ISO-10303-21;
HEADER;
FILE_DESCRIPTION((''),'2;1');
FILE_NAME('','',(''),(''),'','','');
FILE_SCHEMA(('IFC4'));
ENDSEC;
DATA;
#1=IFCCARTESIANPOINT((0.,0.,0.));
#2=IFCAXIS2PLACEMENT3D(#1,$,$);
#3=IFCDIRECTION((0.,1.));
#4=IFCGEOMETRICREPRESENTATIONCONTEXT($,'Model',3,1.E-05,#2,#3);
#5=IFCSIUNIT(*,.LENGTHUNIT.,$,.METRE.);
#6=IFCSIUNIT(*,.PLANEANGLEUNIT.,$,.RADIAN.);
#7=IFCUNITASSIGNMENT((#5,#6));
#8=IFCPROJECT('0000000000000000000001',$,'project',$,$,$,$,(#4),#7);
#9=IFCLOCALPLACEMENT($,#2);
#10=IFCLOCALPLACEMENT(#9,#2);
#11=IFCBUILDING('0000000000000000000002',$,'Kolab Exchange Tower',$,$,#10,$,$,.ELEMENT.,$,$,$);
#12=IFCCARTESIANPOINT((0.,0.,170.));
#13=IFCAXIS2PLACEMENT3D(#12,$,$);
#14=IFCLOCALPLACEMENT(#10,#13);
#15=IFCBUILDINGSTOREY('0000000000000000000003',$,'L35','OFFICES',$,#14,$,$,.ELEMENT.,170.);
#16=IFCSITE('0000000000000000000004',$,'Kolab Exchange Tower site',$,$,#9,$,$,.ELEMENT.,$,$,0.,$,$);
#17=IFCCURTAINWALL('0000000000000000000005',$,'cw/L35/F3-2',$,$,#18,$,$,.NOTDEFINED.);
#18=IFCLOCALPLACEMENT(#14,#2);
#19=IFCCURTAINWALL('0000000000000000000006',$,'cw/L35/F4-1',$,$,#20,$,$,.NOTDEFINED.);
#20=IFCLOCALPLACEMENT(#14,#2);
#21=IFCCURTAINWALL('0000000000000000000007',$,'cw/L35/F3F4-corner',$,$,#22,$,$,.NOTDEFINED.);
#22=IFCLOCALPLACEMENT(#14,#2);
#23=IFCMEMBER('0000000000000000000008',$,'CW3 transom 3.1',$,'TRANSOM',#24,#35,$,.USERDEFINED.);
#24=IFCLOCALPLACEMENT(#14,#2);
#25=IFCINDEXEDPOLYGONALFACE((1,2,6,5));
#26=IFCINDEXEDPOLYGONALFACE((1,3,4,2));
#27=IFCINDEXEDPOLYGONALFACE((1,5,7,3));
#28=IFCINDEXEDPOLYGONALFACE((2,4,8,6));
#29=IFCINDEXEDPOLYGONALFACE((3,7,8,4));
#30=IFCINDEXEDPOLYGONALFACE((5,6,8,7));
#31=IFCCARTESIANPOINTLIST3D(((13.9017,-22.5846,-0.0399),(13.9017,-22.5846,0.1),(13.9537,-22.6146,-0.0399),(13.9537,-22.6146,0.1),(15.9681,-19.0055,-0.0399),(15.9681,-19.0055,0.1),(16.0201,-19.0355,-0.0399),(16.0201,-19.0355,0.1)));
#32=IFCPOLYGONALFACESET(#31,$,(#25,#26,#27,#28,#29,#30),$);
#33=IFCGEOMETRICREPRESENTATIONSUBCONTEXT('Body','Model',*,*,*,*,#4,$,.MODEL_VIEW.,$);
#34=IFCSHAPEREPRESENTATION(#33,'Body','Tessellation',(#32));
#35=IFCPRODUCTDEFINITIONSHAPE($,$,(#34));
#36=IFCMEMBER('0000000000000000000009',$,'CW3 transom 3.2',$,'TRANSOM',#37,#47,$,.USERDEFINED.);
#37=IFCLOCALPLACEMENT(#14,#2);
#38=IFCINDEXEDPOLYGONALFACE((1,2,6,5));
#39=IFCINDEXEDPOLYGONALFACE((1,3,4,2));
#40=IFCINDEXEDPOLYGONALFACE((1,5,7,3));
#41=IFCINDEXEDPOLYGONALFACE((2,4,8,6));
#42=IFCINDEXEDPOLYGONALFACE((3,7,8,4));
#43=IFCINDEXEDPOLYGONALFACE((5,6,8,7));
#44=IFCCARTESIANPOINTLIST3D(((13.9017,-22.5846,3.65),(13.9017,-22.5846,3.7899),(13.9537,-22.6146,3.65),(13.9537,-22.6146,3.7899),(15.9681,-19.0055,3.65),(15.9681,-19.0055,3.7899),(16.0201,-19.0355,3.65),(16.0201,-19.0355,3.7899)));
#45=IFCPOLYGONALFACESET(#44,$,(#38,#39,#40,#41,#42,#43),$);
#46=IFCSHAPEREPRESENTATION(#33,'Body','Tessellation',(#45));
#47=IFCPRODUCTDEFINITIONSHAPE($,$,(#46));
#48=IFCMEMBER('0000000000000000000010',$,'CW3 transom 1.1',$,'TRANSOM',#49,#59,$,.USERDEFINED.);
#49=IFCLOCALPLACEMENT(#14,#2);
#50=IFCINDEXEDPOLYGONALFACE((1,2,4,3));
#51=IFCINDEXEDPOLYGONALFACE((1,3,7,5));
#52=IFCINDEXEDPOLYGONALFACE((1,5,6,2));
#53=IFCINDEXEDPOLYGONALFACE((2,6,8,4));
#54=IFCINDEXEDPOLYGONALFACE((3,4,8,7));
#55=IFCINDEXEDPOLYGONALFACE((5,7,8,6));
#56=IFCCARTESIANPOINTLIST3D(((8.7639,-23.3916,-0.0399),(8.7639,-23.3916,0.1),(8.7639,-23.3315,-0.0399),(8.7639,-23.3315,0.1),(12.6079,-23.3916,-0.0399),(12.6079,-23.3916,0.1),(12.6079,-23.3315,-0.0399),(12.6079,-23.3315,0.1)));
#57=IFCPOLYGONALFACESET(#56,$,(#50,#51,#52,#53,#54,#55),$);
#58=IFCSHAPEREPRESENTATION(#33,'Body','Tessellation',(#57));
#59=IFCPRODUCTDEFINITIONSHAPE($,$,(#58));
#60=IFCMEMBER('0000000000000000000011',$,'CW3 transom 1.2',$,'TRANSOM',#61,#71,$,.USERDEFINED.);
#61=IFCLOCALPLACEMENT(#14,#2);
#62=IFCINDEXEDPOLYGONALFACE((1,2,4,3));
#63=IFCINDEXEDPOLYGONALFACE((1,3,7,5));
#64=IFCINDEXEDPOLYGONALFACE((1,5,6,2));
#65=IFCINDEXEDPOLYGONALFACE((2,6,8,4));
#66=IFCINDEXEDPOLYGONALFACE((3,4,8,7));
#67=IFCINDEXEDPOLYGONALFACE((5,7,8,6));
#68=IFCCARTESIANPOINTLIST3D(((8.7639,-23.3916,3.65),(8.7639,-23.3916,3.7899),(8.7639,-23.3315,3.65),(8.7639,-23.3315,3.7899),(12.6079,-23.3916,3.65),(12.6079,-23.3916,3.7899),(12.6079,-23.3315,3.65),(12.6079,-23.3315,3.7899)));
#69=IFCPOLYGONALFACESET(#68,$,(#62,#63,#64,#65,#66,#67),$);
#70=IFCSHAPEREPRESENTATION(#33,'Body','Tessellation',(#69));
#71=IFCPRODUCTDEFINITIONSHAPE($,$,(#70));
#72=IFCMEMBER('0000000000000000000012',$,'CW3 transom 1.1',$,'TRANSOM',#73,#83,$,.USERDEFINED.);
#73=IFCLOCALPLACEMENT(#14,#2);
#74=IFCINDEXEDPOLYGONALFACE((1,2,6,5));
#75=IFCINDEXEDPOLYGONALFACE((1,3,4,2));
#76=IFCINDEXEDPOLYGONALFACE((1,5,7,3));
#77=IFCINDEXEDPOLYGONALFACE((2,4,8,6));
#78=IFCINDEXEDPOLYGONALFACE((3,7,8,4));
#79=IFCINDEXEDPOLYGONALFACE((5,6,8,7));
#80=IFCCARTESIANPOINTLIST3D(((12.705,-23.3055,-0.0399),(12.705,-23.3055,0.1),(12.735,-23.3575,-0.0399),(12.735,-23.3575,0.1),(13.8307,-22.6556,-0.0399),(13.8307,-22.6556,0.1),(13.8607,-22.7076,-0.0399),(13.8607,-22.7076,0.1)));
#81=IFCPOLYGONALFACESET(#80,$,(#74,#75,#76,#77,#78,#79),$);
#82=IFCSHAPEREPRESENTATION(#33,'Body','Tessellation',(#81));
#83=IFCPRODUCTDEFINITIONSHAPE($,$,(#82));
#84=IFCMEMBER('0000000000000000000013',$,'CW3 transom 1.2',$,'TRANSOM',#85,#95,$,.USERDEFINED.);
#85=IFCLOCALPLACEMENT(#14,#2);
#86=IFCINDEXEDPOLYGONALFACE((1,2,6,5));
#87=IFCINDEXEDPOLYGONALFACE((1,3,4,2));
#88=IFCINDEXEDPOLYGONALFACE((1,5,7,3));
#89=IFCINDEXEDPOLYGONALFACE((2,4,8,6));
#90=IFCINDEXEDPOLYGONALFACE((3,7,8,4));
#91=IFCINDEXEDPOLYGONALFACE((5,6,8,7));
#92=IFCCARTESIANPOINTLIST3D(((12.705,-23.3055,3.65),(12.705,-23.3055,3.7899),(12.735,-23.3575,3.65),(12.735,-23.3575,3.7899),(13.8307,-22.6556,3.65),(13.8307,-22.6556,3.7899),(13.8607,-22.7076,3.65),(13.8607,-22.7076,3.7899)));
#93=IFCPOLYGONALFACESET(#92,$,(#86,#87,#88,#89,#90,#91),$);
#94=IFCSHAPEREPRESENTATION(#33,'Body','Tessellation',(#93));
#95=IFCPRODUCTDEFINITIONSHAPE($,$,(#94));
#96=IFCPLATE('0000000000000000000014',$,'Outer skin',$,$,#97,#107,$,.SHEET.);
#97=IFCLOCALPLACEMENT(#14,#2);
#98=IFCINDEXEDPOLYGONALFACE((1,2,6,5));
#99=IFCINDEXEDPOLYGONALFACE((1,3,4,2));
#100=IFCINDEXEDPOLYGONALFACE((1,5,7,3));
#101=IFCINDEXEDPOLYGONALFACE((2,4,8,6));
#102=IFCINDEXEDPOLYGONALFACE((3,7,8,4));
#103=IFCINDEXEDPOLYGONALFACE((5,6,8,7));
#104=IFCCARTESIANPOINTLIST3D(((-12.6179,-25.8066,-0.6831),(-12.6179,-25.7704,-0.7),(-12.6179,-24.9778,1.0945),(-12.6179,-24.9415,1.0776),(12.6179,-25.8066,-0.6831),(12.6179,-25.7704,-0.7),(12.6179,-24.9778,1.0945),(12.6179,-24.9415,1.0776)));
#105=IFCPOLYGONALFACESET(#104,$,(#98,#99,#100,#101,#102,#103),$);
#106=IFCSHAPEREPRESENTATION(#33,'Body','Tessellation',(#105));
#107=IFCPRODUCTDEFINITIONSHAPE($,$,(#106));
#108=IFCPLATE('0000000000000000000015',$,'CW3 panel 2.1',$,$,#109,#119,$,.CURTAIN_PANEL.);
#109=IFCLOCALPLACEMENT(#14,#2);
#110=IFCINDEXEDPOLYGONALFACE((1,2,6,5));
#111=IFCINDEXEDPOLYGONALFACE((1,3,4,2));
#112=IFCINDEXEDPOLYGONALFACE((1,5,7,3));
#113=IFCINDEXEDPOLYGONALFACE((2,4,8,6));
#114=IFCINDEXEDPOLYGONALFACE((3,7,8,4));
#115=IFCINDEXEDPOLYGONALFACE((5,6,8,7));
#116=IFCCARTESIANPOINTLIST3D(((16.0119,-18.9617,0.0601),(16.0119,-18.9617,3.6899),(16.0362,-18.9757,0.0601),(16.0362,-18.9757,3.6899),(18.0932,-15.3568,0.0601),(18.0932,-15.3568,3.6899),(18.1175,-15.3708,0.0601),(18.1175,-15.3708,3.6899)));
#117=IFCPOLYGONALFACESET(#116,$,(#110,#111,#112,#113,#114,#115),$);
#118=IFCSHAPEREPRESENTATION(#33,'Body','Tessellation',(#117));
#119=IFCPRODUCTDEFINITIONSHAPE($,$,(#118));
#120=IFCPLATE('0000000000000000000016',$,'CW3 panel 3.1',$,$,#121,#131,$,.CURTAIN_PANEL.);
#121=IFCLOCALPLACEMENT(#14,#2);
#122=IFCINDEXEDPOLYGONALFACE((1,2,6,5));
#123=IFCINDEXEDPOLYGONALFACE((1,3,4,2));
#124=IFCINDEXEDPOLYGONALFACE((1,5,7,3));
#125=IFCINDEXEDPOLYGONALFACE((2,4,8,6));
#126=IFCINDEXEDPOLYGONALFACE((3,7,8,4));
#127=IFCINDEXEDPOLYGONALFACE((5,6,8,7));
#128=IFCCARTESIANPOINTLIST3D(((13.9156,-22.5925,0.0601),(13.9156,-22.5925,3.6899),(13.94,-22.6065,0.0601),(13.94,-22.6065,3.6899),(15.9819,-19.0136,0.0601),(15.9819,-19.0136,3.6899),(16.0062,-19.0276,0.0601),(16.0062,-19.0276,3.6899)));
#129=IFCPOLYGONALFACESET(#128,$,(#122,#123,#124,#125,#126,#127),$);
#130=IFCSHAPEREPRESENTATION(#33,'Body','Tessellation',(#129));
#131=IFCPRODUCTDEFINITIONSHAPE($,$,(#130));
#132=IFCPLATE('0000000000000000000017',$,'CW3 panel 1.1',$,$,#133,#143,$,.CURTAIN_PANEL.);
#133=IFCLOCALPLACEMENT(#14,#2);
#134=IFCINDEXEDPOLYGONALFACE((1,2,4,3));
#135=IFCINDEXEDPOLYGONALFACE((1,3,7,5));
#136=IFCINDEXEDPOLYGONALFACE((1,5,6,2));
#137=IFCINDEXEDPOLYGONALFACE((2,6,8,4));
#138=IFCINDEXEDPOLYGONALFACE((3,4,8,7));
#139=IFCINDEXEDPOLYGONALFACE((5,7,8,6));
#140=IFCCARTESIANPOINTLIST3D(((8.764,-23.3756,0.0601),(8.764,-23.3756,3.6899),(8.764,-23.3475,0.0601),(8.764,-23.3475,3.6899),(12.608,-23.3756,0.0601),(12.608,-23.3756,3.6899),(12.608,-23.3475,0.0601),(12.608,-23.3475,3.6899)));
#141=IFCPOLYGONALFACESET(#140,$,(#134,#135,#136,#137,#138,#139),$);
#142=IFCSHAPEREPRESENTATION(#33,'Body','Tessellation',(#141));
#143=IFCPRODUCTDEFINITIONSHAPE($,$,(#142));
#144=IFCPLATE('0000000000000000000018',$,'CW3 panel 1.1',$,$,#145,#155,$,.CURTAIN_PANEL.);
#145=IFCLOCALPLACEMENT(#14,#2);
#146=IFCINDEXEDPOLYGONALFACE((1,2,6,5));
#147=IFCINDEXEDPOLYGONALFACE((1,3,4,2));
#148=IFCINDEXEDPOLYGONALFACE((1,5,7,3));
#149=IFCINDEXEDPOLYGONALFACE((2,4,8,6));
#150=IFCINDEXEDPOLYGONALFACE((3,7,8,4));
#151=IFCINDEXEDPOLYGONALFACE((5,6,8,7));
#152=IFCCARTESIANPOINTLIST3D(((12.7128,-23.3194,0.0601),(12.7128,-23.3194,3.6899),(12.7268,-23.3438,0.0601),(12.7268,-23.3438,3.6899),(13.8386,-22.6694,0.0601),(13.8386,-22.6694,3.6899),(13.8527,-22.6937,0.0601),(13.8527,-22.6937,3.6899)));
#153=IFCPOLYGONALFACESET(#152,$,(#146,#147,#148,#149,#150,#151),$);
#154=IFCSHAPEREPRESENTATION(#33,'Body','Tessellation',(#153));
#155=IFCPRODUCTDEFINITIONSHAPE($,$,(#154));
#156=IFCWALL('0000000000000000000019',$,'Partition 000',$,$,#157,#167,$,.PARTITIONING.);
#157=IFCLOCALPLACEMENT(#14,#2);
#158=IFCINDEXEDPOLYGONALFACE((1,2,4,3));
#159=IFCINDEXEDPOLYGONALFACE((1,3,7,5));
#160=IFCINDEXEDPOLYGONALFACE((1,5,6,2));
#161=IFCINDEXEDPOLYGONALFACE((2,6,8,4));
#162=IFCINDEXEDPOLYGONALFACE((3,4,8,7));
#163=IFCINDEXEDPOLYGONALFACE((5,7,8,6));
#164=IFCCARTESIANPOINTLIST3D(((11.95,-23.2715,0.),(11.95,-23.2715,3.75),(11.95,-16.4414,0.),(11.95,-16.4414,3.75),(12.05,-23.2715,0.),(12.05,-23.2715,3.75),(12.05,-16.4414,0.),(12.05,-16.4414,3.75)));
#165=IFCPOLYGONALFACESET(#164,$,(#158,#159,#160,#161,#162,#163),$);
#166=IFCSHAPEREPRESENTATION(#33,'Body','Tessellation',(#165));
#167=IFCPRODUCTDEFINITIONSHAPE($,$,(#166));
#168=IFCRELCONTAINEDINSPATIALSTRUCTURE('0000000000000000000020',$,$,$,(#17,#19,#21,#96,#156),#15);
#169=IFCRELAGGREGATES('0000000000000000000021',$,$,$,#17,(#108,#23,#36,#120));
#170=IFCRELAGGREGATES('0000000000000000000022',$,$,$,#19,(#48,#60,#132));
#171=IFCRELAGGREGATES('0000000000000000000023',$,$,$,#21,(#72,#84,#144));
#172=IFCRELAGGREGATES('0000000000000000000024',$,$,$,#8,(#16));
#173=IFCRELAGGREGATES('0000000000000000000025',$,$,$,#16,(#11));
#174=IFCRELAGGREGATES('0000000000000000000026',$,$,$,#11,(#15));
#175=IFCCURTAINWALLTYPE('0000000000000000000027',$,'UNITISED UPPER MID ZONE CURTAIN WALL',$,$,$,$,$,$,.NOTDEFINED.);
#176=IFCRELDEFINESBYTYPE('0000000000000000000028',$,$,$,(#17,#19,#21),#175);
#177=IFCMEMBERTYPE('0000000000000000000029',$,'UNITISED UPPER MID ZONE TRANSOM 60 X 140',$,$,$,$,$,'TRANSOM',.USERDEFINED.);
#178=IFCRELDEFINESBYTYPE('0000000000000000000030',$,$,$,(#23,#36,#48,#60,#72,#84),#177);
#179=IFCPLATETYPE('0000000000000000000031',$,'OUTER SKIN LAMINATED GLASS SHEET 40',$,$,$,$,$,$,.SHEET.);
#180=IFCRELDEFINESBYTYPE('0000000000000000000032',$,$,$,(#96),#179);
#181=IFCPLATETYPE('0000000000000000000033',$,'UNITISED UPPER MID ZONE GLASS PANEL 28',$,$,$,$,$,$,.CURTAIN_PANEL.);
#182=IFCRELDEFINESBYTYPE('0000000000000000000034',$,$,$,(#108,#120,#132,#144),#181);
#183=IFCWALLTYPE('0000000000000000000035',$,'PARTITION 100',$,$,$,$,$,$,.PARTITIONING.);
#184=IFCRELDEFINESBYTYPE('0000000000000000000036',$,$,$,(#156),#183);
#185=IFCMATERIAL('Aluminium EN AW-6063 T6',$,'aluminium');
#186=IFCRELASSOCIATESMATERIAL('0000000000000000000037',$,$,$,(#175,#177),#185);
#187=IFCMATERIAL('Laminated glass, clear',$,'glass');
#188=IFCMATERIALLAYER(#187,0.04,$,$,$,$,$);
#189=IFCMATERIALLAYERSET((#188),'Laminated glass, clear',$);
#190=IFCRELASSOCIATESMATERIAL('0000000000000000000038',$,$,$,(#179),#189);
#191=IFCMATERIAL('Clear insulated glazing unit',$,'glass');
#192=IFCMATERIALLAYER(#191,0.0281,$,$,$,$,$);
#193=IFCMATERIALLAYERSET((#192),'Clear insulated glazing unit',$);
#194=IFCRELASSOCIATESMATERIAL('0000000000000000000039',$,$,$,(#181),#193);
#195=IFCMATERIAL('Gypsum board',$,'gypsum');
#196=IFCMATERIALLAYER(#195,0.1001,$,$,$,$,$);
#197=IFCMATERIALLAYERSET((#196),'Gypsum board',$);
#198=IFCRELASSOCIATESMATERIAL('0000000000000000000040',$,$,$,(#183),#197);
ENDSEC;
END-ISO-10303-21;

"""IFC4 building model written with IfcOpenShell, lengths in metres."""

from ifc_helpers import new_model, si_unit, direction, frame, frame_2d, origin, origin_2d, place, context, subcontext, project, spatial, polyline, rectangle, outline, extrude, material, layer, layer_set, material_profile, profile_set, type_object, element, aggregate, save


model = new_model("IFC4")

# Units and contexts
model_context = context("Model", 3, precision=1e-05, world=origin(), true_north=direction((0.0, 1.0)))
body_context = subcontext(model_context, "Body", "Model", "MODEL_VIEW")
ifc_project = project(units=[si_unit("LENGTHUNIT", "METRE"), si_unit("PLANEANGLEUNIT", "RADIAN")], contexts=[model_context])

# Site, building, storey
site_placement = place(None, origin())
site = spatial("IfcSite", under=ifc_project, at=site_placement, Name="Kolab Exchange Tower site", CompositionType="ELEMENT", RefElevation=0.0)
building_placement = place(site_placement, origin())
building = spatial("IfcBuilding", under=site, at=building_placement, Name="Kolab Exchange Tower", CompositionType="ELEMENT")
storey_placement = place(building_placement, frame((0.0, 0.0, 170.0)))
storey = spatial("IfcBuildingStorey", under=building, at=storey_placement, Name="L35", Description="OFFICES", CompositionType="ELEMENT", Elevation=170.0)

# Curtain wall
ifc_material_1 = material(Name="Aluminium EN AW-6063 T6", Category="aluminium")
curtain_wall_type = type_object("IfcCurtainWallType", Name="UNITISED UPPER MID ZONE CURTAIN WALL", PredefinedType="NOTDEFINED", material=ifc_material_1)
curtain_wall_1_placement = place(storey_placement, origin())
curtain_wall_1 = element("IfcCurtainWall", 1, at=curtain_wall_1_placement, inside=storey, type_object=curtain_wall_type, Name="cw/L35/F3-2", PredefinedType="NOTDEFINED")

# Curtain wall
curtain_wall_2_placement = place(storey_placement, origin())
curtain_wall_2 = element("IfcCurtainWall", 2, at=curtain_wall_2_placement, inside=storey, type_object=curtain_wall_type, Name="cw/L35/F4-1", PredefinedType="NOTDEFINED")

# Curtain wall
curtain_wall_3_placement = place(storey_placement, origin())
curtain_wall_3 = element("IfcCurtainWall", 3, at=curtain_wall_3_placement, inside=storey, type_object=curtain_wall_type, Name="cw/L35/F3F4-corner", PredefinedType="NOTDEFINED")

# Members
ifc_material_profile_1 = material_profile(ifc_material_1, rectangle(XDim=0.0601, YDim=0.1399, at=origin_2d()), Name="RECT 60X140")
ifc_profile_set_1 = profile_set([ifc_material_profile_1], Name="Aluminium EN AW-6063 T6")
member_type_1 = type_object("IfcMemberType", Name="UNITISED UPPER MID ZONE TRANSOM 60 X 140", ElementType="TRANSOM", PredefinedType="USERDEFINED", material=ifc_profile_set_1)
member_1_placement = place(storey_placement, frame((15.9941, -19.0205, 0.03), z_axis=(-0.500002, -0.866024, 0.0), x_axis=(0.866024, -0.500002, 0.0)))
member_1 = element("IfcMember", 4, at=member_1_placement, type_object=member_type_1, Name="CW3 transom 3.1", ObjectType="TRANSOM", PredefinedType="USERDEFINED", context=body_context, shape_type="SweptSolid", body=[
    extrude(rectangle(XDim=0.0601, YDim=0.1399, at=origin_2d()), origin(), (0.0, 0.0, 1.0), 4.1328),
])
member_2_placement = place(storey_placement, frame((15.9941, -19.0205, 3.72), z_axis=(-0.500002, -0.866024, 0.0), x_axis=(0.866024, -0.500002, 0.0)))
member_2 = element("IfcMember", 5, at=member_2_placement, type_object=member_type_1, Name="CW3 transom 3.2", ObjectType="TRANSOM", PredefinedType="USERDEFINED", context=body_context, shape_type="SweptSolid", body=[
    extrude(rectangle(XDim=0.0601, YDim=0.1399, at=origin_2d()), origin(), (0.0, 0.0, 1.0), 4.1328),
])
member_3_placement = place(storey_placement, frame((12.6079, -23.3616, 0.03), z_axis=(-1.0, 0.0, 0.0), x_axis=(0.0, -1.0, 0.0)))
member_3 = element("IfcMember", 6, at=member_3_placement, type_object=member_type_1, Name="CW3 transom 1.1", ObjectType="TRANSOM", PredefinedType="USERDEFINED", context=body_context, shape_type="SweptSolid", body=[
    extrude(rectangle(XDim=0.0601, YDim=0.1399, at=origin_2d()), origin(), (0.0, 0.0, 1.0), 3.844),
])
member_4_placement = place(storey_placement, frame((12.6079, -23.3616, 3.72), z_axis=(-1.0, 0.0, 0.0), x_axis=(0.0, -1.0, 0.0)))
member_4 = element("IfcMember", 7, at=member_4_placement, type_object=member_type_1, Name="CW3 transom 1.2", ObjectType="TRANSOM", PredefinedType="USERDEFINED", context=body_context, shape_type="SweptSolid", body=[
    extrude(rectangle(XDim=0.0601, YDim=0.1399, at=origin_2d()), origin(), (0.0, 0.0, 1.0), 3.844),
])
member_5_placement = place(storey_placement, frame((13.8457, -22.6816, 0.03), z_axis=(-0.866039, -0.499977, 0.0), x_axis=(0.499977, -0.866039, 0.0)))
member_5 = element("IfcMember", 8, at=member_5_placement, type_object=member_type_1, Name="CW3 transom 1.1", ObjectType="TRANSOM", PredefinedType="USERDEFINED", context=body_context, shape_type="SweptSolid", body=[
    extrude(rectangle(XDim=0.0601, YDim=0.1399, at=origin_2d()), origin(), (0.0, 0.0, 1.0), 1.2998),
])
member_6_placement = place(storey_placement, frame((13.8457, -22.6816, 3.72), z_axis=(-0.866039, -0.499977, 0.0), x_axis=(0.499977, -0.866039, 0.0)))
member_6 = element("IfcMember", 9, at=member_6_placement, type_object=member_type_1, Name="CW3 transom 1.2", ObjectType="TRANSOM", PredefinedType="USERDEFINED", context=body_context, shape_type="SweptSolid", body=[
    extrude(rectangle(XDim=0.0601, YDim=0.1399, at=origin_2d()), origin(), (0.0, 0.0, 1.0), 1.2998),
])

# Plates
ifc_material_2 = material(Name="Laminated glass, clear", Category="glass")
ifc_layer_1 = layer(ifc_material_2, 0.04)
ifc_layer_set_1 = layer_set([ifc_layer_1], Name="Laminated glass, clear")
plate_type_1 = type_object("IfcPlateType", Name="OUTER SKIN LAMINATED GLASS SHEET 40", PredefinedType="SHEET", material=ifc_layer_set_1)
plate_1_placement = place(storey_placement, frame((12.6179, -25.8066, -0.6831), z_axis=(0.0, -0.906317, 0.422599), x_axis=(-1.0, 0.0, 0.0)))
element("IfcPlate", 10, at=plate_1_placement, inside=storey, type_object=plate_type_1, Name="Outer skin", PredefinedType="SHEET", context=body_context, shape_type="SweptSolid", body=[
    extrude(outline(polyline([(0.0, 0.0), (25.2358, 0.0), (25.2358, -1.9613), (0.0, -1.9613), (0.0, 0.0)])), origin(), (0.0, 0.0, -1.0), 0.04),
])
ifc_material_3 = material(Name="Clear insulated glazing unit", Category="glass")
ifc_layer_2 = layer(ifc_material_3, 0.0281)
ifc_layer_set_2 = layer_set([ifc_layer_2], Name="Clear insulated glazing unit")
plate_type_2 = type_object("IfcPlateType", Name="UNITISED UPPER MID ZONE GLASS PANEL 28", PredefinedType="CURTAIN_PANEL", material=ifc_layer_set_2)
plate_2_placement = place(storey_placement, frame((17.0647, -17.1663, 0.0601), z_axis=(0.0, 0.0, 1.0), x_axis=(-0.5, -0.866025, 0.0)))
plate_2 = element("IfcPlate", 11, at=plate_2_placement, type_object=plate_type_2, Name="CW3 panel 2.1", PredefinedType="CURTAIN_PANEL", context=body_context, shape_type="SweptSolid", body=[
    extrude(rectangle(XDim=4.1626, YDim=0.0281, at=origin_2d()), origin(), (0.0, 0.0, 1.0), 3.6299),
])
plate_3_placement = place(storey_placement, frame((14.9609, -20.8101, 0.0601), z_axis=(0.0, 0.0, 1.0), x_axis=(-0.5, -0.866025, 0.0)))
plate_3 = element("IfcPlate", 12, at=plate_3_placement, type_object=plate_type_2, Name="CW3 panel 3.1", PredefinedType="CURTAIN_PANEL", context=body_context, shape_type="SweptSolid", body=[
    extrude(rectangle(XDim=4.1326, YDim=0.0281, at=origin_2d()), origin(), (0.0, 0.0, 1.0), 3.6299),
])
aggregate(curtain_wall_1, [plate_2, member_1, member_2, plate_3])
plate_4_placement = place(storey_placement, frame((10.686, -23.3616, 0.0601), z_axis=(0.0, 0.0, 1.0), x_axis=(-1.0, 0.0, 0.0)))
plate_4 = element("IfcPlate", 13, at=plate_4_placement, type_object=plate_type_2, Name="CW3 panel 1.1", PredefinedType="CURTAIN_PANEL", context=body_context, shape_type="SweptSolid", body=[
    extrude(rectangle(XDim=3.844, YDim=0.0281, at=origin_2d()), origin(), (0.0, 0.0, 1.0), 3.6299),
])
aggregate(curtain_wall_2, [member_3, member_4, plate_4])
plate_5_placement = place(storey_placement, frame((13.2827, -23.0066, 0.0601), z_axis=(0.0, 0.0, 1.0), x_axis=(-0.866025, -0.5, 0.0)))
plate_5 = element("IfcPlate", 14, at=plate_5_placement, type_object=plate_type_2, Name="CW3 panel 1.1", PredefinedType="CURTAIN_PANEL", context=body_context, shape_type="SweptSolid", body=[
    extrude(rectangle(XDim=1.3, YDim=0.0281, at=origin_2d()), origin(), (0.0, 0.0, 1.0), 3.6299),
])
aggregate(curtain_wall_3, [member_5, member_6, plate_5])

# Wall
ifc_material_4 = material(Name="Gypsum board", Category="gypsum")
ifc_layer_3 = layer(ifc_material_4, 0.1001)
ifc_layer_set_3 = layer_set([ifc_layer_3], Name="Gypsum board")
wall_type = type_object("IfcWallType", Name="PARTITION 100", PredefinedType="PARTITIONING", material=ifc_layer_set_3)
wall_placement = place(storey_placement, frame((12.0, -23.2715, 0.0), z_axis=(0.0, 0.0, 1.0), x_axis=(0.0, 1.0, 0.0)))
element("IfcWall", 15, at=wall_placement, inside=storey, type_object=wall_type, Name="Partition 000", PredefinedType="PARTITIONING", context=body_context, shape_type="SweptSolid", body=[
    extrude(rectangle(XDim=6.8301, YDim=0.1001, at=frame_2d((3.415, 0.0))), origin(), (0.0, 0.0, 1.0), 3.75),
])

save(model, "model.ifc")
